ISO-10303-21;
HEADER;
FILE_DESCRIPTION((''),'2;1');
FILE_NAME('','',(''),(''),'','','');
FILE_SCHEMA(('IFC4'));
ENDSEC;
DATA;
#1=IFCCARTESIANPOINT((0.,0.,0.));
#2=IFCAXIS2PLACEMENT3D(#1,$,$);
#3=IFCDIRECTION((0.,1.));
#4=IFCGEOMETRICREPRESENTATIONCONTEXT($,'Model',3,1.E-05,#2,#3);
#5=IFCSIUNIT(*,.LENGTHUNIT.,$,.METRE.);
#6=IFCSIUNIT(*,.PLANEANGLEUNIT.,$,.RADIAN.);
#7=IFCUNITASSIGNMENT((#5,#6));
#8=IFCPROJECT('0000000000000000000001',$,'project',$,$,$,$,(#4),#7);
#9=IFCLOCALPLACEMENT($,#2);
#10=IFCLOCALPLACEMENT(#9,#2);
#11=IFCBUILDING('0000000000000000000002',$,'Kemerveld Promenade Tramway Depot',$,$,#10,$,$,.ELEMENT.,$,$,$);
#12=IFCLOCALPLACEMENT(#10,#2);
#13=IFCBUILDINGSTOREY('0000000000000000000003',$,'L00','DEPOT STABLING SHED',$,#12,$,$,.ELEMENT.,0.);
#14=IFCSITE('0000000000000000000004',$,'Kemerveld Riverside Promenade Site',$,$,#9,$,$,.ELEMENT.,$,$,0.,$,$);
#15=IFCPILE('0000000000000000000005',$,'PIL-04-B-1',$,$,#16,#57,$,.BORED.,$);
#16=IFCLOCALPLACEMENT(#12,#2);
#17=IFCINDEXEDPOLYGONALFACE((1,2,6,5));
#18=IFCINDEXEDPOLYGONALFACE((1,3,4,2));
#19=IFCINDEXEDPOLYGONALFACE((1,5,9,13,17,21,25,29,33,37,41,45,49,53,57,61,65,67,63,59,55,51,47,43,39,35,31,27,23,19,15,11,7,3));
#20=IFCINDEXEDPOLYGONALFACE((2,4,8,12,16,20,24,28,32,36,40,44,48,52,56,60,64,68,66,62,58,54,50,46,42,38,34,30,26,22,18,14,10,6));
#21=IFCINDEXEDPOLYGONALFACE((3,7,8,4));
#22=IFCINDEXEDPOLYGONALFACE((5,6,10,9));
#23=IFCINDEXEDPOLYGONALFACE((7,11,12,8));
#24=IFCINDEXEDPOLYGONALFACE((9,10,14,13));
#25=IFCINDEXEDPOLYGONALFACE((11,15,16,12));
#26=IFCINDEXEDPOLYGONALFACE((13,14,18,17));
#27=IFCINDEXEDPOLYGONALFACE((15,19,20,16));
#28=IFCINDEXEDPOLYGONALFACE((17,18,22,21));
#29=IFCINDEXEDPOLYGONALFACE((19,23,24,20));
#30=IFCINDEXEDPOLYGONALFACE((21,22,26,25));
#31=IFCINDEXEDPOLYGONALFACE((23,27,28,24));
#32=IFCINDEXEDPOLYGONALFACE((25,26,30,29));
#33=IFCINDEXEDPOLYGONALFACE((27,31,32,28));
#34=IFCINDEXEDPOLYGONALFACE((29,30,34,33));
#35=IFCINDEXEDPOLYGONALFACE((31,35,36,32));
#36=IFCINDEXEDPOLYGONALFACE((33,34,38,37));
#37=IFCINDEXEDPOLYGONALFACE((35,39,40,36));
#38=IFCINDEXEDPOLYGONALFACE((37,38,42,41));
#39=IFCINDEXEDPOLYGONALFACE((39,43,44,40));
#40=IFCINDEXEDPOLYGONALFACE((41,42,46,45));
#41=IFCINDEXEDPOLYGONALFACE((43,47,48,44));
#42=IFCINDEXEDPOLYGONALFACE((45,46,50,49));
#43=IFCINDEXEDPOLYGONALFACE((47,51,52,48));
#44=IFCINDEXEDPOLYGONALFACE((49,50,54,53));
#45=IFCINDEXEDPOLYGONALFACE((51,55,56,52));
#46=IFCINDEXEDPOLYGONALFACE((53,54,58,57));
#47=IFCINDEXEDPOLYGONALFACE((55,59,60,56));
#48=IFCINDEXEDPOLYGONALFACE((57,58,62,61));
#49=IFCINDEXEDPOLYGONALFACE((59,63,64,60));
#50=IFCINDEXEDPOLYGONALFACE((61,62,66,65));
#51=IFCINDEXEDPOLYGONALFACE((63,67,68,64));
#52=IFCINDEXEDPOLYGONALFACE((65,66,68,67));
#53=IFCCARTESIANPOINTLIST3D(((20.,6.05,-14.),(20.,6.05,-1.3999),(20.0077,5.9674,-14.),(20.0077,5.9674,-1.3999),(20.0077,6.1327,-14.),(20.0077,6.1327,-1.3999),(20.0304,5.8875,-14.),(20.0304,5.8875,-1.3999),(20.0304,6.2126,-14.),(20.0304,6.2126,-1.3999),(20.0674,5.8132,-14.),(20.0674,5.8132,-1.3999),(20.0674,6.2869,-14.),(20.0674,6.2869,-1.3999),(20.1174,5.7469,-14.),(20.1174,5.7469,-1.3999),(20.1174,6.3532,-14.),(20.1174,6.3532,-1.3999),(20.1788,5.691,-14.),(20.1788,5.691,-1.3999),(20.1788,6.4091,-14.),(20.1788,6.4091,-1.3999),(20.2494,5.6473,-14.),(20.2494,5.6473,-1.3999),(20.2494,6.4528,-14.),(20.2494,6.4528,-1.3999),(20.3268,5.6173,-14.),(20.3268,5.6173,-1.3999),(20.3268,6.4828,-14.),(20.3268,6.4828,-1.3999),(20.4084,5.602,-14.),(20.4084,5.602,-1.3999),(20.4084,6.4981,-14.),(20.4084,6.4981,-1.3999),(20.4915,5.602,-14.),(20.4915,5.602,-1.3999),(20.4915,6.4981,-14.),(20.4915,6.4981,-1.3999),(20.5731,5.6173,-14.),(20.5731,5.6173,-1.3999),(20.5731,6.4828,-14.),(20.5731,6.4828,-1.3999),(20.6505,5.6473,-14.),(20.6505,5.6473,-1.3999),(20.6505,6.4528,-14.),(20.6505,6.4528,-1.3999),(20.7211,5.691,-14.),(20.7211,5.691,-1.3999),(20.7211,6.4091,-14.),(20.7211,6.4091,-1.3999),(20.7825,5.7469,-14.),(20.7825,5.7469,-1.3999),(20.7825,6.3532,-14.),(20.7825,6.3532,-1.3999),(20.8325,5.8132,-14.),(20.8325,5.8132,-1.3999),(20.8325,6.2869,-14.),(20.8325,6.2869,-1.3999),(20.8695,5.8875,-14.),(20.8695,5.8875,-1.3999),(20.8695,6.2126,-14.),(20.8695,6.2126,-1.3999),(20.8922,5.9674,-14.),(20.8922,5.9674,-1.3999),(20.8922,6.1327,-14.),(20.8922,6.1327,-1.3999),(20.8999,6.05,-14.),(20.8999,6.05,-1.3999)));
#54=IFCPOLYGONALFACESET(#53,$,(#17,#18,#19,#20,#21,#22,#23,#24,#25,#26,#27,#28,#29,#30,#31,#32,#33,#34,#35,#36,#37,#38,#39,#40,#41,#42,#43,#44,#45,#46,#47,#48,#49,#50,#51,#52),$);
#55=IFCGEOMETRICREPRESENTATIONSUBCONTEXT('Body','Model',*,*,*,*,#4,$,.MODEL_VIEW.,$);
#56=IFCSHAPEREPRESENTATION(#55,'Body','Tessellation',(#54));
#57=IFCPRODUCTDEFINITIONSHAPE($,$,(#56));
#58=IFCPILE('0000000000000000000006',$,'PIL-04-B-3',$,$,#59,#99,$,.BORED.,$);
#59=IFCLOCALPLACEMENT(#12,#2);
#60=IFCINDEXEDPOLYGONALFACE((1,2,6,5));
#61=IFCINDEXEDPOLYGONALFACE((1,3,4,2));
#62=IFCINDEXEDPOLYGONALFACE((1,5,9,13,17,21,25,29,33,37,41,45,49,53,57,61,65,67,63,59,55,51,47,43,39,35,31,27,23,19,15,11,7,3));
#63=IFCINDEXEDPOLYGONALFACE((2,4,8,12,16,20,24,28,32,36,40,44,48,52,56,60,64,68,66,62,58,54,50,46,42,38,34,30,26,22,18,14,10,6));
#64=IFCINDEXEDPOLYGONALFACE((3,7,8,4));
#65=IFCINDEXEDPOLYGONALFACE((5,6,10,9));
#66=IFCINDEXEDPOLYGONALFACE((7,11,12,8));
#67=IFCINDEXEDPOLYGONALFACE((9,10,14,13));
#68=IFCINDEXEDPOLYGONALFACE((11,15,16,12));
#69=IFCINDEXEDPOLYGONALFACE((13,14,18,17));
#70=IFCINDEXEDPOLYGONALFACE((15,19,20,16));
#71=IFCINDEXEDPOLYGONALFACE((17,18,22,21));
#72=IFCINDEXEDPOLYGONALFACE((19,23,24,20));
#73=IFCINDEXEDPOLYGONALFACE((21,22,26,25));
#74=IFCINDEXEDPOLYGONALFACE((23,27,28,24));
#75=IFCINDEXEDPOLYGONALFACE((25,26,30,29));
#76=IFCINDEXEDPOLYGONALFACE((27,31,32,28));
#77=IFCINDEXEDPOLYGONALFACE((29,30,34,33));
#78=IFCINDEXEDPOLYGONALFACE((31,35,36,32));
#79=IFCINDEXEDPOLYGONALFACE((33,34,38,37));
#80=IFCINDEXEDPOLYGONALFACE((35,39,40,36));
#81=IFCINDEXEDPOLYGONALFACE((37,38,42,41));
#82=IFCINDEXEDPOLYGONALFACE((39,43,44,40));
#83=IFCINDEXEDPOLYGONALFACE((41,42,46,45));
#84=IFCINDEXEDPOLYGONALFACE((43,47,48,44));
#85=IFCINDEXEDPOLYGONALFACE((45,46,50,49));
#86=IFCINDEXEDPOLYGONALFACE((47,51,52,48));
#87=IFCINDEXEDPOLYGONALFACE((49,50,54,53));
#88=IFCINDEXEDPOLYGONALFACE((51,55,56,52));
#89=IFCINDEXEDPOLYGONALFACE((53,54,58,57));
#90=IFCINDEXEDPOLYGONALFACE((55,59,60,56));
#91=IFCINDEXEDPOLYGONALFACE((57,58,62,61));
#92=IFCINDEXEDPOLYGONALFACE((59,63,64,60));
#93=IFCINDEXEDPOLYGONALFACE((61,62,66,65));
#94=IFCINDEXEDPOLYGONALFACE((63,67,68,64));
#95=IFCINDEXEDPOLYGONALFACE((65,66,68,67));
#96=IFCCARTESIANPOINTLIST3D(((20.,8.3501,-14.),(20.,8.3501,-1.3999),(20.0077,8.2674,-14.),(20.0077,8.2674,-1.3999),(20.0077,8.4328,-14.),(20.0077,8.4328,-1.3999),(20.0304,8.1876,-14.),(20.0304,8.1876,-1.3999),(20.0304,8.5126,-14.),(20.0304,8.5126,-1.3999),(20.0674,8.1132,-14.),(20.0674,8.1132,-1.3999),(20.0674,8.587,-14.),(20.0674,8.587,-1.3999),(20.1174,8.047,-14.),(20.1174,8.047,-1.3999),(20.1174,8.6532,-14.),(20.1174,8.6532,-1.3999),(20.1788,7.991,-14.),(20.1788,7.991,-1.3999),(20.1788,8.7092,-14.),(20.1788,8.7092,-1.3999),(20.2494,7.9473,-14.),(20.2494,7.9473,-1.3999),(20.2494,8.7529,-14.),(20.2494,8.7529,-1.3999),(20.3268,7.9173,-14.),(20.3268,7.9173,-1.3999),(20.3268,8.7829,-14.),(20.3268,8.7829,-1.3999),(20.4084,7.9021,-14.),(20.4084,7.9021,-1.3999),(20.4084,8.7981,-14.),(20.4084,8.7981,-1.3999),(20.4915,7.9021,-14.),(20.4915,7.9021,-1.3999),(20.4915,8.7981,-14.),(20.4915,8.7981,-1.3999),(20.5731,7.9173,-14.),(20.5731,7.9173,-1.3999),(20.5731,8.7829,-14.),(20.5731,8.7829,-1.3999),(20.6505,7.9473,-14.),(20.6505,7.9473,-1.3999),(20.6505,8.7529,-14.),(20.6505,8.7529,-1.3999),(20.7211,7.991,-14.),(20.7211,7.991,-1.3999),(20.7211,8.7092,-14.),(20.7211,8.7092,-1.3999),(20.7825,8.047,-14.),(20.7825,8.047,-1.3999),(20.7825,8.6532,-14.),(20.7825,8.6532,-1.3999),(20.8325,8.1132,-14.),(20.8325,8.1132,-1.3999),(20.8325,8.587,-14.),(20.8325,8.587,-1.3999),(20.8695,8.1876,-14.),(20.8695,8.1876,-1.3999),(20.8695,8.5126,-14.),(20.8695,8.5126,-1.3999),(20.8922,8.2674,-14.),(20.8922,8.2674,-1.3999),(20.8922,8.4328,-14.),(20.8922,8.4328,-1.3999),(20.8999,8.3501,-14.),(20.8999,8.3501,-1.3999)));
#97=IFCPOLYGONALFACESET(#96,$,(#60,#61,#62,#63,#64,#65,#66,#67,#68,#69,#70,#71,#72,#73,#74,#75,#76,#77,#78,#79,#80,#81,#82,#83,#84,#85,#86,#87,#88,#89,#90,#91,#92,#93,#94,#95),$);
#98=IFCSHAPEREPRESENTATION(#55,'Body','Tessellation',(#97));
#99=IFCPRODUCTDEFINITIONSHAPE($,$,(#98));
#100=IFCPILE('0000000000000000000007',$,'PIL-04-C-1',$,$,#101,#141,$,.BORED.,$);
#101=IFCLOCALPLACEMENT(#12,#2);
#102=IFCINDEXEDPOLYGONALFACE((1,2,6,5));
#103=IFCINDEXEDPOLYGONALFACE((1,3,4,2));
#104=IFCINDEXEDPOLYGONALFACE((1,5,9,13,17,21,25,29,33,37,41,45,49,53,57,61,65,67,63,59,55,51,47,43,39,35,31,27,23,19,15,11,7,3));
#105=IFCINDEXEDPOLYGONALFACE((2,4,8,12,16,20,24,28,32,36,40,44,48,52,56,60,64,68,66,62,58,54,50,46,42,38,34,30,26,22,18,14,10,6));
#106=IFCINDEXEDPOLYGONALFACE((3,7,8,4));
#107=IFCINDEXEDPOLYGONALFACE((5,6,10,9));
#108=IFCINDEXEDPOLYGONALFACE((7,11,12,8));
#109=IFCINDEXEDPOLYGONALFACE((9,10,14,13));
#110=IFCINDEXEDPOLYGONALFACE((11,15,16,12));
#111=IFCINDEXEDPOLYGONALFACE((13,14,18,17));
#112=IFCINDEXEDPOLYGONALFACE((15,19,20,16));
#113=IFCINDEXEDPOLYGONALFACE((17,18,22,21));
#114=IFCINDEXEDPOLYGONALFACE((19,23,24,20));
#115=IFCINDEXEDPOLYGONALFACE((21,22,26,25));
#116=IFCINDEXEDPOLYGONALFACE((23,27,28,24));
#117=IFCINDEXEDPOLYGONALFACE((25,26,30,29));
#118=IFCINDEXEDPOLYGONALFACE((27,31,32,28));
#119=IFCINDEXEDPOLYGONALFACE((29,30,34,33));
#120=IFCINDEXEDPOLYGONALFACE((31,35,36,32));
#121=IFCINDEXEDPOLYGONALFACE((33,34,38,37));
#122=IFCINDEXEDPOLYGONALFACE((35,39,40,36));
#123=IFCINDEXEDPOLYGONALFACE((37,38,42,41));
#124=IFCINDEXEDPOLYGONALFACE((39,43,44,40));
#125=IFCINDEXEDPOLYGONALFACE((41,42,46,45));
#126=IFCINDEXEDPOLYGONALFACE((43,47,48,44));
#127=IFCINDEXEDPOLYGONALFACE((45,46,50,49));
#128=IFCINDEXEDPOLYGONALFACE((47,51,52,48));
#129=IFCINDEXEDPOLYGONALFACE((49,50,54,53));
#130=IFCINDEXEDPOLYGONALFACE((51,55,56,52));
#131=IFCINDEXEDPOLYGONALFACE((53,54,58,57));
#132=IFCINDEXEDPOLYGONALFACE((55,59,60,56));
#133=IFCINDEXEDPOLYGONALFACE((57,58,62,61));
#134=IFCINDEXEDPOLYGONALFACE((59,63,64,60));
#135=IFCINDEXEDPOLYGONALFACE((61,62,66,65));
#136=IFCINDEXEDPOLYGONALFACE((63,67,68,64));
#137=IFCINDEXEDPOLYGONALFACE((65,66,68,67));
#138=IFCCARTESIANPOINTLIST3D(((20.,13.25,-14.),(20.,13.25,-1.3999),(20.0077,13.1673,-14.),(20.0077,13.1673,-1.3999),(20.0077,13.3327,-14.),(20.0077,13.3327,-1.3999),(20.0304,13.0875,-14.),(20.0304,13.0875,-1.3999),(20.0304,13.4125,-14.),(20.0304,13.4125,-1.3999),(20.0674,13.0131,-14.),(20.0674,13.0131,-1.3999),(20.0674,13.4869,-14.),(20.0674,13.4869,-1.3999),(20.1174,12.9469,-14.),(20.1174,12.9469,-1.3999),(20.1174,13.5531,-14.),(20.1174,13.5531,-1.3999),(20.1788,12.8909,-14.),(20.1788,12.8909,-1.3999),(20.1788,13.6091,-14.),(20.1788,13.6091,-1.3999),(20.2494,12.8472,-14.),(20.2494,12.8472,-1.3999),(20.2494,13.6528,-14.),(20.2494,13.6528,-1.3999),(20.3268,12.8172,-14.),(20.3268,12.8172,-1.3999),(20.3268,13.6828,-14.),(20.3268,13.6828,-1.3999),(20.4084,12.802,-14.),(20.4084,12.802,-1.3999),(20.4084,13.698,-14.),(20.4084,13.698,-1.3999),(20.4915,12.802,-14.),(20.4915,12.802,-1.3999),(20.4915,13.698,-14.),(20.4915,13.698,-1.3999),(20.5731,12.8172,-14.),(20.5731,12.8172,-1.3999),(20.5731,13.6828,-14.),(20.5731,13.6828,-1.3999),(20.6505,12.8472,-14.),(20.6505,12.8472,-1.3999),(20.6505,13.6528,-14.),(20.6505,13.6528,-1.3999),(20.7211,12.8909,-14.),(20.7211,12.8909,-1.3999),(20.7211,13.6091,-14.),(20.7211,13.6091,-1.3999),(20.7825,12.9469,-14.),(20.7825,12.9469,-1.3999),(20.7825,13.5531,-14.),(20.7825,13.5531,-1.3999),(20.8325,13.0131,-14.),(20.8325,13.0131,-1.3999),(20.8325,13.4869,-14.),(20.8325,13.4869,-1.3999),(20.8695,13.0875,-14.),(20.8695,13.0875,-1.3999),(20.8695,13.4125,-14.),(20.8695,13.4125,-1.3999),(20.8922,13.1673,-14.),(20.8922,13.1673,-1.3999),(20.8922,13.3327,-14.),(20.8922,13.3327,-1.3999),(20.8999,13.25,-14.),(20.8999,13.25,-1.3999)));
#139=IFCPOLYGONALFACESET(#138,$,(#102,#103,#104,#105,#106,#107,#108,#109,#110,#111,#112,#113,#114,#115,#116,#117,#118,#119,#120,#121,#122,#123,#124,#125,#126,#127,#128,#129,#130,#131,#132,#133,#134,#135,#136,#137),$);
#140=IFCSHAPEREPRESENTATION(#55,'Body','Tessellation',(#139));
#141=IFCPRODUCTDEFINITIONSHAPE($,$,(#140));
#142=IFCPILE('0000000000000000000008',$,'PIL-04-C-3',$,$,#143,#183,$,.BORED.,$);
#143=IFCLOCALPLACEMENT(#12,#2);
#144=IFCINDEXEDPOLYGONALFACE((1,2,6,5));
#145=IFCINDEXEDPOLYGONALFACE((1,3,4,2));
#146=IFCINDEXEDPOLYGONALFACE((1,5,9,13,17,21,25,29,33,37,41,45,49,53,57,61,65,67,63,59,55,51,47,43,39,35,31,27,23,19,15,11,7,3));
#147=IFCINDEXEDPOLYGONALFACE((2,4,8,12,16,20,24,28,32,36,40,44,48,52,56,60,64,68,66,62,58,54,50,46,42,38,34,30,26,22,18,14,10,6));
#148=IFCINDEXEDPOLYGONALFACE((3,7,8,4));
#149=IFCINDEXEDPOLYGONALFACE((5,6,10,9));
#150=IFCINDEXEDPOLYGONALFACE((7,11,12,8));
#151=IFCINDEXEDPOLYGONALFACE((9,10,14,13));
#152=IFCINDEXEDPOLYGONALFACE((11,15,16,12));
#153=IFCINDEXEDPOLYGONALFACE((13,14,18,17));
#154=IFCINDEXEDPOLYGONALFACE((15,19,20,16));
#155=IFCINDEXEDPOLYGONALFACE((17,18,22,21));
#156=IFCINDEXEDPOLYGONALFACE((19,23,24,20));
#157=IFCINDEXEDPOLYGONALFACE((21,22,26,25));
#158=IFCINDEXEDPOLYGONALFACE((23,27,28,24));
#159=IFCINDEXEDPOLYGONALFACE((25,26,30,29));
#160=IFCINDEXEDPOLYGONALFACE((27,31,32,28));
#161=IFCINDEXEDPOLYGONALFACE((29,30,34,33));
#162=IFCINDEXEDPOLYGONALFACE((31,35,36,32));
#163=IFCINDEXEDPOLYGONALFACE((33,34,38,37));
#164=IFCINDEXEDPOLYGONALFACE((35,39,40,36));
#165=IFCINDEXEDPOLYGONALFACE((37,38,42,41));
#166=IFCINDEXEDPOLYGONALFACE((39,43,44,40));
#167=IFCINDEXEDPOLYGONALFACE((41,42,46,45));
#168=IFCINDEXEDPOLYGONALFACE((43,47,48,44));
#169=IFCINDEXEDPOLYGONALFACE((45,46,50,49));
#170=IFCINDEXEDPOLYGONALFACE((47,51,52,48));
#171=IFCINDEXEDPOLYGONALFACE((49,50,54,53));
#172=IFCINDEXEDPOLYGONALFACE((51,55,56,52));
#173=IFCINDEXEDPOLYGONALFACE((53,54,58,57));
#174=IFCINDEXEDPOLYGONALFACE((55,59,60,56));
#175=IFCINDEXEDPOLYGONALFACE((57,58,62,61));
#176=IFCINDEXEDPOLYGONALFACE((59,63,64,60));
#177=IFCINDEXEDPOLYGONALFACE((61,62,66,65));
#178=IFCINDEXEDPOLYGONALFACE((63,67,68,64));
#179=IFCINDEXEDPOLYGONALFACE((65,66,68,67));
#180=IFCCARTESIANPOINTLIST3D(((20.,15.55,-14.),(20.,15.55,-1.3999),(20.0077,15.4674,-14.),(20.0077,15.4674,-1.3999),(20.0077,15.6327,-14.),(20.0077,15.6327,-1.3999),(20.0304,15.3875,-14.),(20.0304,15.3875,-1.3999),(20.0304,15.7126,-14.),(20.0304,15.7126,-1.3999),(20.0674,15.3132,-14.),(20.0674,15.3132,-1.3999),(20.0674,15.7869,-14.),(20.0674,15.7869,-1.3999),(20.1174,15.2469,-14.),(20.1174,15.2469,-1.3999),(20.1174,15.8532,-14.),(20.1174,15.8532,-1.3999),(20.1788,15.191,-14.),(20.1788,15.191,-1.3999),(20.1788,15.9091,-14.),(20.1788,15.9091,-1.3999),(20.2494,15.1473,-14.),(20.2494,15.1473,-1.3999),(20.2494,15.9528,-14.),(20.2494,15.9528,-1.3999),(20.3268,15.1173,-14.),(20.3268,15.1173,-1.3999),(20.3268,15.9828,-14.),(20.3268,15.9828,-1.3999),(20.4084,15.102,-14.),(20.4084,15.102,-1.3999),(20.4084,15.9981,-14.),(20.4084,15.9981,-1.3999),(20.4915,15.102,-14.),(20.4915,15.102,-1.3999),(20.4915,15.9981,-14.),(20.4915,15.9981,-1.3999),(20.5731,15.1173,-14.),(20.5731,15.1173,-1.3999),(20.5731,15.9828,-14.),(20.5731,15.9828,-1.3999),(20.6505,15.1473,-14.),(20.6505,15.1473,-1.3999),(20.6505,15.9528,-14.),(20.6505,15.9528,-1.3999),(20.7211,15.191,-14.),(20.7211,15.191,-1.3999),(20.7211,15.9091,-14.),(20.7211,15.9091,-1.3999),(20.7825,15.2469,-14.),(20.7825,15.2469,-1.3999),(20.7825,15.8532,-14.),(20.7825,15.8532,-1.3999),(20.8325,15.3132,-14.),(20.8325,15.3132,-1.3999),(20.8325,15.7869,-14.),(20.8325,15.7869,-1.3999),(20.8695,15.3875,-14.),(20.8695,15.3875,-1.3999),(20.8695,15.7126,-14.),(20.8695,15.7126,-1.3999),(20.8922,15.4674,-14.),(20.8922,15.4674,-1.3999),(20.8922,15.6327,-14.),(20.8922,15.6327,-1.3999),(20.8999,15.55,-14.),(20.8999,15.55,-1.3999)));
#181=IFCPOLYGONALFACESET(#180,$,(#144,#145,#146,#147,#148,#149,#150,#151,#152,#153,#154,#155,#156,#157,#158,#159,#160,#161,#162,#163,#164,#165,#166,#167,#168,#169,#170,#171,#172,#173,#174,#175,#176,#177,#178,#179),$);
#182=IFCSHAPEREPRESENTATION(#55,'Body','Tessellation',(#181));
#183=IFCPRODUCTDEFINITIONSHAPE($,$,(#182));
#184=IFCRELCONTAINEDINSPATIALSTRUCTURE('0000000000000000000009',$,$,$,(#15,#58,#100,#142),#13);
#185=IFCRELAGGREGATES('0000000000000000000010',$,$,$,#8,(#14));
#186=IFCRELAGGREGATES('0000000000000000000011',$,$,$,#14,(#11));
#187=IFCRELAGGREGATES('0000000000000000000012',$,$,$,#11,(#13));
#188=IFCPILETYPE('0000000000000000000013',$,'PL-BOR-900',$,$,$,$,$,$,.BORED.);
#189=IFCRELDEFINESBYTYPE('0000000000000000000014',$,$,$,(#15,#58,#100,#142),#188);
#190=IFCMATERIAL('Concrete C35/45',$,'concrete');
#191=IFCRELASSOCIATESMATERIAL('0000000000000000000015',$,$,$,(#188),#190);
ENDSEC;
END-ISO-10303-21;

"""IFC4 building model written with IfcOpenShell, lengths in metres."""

from ifc_helpers import new_model, si_unit, direction, frame, origin, origin_2d, place, context, subcontext, project, spatial, circle, extrude, material, material_profile, profile_set, type_object, element, save


model = new_model("IFC4")

# Units and contexts
model_context = context("Model", 3, precision=1e-05, world=origin(), true_north=direction((0.0, 1.0)))
body_context = subcontext(model_context, "Body", "Model", "MODEL_VIEW")
ifc_project = project(units=[si_unit("LENGTHUNIT", "METRE"), si_unit("PLANEANGLEUNIT", "RADIAN")], contexts=[model_context])

# Site, building, storey
site_placement = place(None, origin())
site = spatial("IfcSite", under=ifc_project, at=site_placement, Name="Kemerveld Riverside Promenade Site", CompositionType="ELEMENT", RefElevation=0.0)
building_placement = place(site_placement, origin())
building = spatial("IfcBuilding", under=site, at=building_placement, Name="Kemerveld Promenade Tramway Depot", CompositionType="ELEMENT")
storey_placement = place(building_placement, origin())
storey = spatial("IfcBuildingStorey", under=building, at=storey_placement, Name="L00", Description="DEPOT STABLING SHED", CompositionType="ELEMENT", Elevation=0.0)

# Shared definitions
ifc_material_1 = material(Name="Concrete C35/45", Category="concrete")

# Piles
ifc_material_profile_1 = material_profile(ifc_material_1, circle(Radius=0.45, at=origin_2d()), Name="PILE-D900")
ifc_profile_set_1 = profile_set([ifc_material_profile_1], Name="Concrete C35/45")
pile_type_1 = type_object("IfcPileType", Name="PL-BOR-900", PredefinedType="BORED", material=ifc_profile_set_1)
for number, where, z_axis, x_axis, name in (
    (1, (20.45, 6.05, -1.3999), (0.0, 0.0, -1.0), (1.0, 0.0, 0.0), "PIL-04-B-1"),
    (2, (20.45, 8.3501, -1.3999), (0.0, 0.0, -1.0), (1.0, 0.0, 0.0), "PIL-04-B-3"),
    (3, (20.45, 13.25, -1.3999), (0.0, 0.0, -1.0), (1.0, 0.0, 0.0), "PIL-04-C-1"),
    (4, (20.45, 15.55, -1.3999), (0.0, 0.0, -1.0), (1.0, 0.0, 0.0), "PIL-04-C-3"),
):
    element("IfcPile", number, at=place(storey_placement, frame(where, z_axis=z_axis, x_axis=x_axis)), inside=storey, type_object=pile_type_1, Name=name, PredefinedType="BORED", context=body_context, shape_type="SweptSolid", body=[
        extrude(circle(Radius=0.45, at=origin_2d()), origin(), (0.0, 0.0, 1.0), 12.6001),
    ])

save(model, "model.ifc")
